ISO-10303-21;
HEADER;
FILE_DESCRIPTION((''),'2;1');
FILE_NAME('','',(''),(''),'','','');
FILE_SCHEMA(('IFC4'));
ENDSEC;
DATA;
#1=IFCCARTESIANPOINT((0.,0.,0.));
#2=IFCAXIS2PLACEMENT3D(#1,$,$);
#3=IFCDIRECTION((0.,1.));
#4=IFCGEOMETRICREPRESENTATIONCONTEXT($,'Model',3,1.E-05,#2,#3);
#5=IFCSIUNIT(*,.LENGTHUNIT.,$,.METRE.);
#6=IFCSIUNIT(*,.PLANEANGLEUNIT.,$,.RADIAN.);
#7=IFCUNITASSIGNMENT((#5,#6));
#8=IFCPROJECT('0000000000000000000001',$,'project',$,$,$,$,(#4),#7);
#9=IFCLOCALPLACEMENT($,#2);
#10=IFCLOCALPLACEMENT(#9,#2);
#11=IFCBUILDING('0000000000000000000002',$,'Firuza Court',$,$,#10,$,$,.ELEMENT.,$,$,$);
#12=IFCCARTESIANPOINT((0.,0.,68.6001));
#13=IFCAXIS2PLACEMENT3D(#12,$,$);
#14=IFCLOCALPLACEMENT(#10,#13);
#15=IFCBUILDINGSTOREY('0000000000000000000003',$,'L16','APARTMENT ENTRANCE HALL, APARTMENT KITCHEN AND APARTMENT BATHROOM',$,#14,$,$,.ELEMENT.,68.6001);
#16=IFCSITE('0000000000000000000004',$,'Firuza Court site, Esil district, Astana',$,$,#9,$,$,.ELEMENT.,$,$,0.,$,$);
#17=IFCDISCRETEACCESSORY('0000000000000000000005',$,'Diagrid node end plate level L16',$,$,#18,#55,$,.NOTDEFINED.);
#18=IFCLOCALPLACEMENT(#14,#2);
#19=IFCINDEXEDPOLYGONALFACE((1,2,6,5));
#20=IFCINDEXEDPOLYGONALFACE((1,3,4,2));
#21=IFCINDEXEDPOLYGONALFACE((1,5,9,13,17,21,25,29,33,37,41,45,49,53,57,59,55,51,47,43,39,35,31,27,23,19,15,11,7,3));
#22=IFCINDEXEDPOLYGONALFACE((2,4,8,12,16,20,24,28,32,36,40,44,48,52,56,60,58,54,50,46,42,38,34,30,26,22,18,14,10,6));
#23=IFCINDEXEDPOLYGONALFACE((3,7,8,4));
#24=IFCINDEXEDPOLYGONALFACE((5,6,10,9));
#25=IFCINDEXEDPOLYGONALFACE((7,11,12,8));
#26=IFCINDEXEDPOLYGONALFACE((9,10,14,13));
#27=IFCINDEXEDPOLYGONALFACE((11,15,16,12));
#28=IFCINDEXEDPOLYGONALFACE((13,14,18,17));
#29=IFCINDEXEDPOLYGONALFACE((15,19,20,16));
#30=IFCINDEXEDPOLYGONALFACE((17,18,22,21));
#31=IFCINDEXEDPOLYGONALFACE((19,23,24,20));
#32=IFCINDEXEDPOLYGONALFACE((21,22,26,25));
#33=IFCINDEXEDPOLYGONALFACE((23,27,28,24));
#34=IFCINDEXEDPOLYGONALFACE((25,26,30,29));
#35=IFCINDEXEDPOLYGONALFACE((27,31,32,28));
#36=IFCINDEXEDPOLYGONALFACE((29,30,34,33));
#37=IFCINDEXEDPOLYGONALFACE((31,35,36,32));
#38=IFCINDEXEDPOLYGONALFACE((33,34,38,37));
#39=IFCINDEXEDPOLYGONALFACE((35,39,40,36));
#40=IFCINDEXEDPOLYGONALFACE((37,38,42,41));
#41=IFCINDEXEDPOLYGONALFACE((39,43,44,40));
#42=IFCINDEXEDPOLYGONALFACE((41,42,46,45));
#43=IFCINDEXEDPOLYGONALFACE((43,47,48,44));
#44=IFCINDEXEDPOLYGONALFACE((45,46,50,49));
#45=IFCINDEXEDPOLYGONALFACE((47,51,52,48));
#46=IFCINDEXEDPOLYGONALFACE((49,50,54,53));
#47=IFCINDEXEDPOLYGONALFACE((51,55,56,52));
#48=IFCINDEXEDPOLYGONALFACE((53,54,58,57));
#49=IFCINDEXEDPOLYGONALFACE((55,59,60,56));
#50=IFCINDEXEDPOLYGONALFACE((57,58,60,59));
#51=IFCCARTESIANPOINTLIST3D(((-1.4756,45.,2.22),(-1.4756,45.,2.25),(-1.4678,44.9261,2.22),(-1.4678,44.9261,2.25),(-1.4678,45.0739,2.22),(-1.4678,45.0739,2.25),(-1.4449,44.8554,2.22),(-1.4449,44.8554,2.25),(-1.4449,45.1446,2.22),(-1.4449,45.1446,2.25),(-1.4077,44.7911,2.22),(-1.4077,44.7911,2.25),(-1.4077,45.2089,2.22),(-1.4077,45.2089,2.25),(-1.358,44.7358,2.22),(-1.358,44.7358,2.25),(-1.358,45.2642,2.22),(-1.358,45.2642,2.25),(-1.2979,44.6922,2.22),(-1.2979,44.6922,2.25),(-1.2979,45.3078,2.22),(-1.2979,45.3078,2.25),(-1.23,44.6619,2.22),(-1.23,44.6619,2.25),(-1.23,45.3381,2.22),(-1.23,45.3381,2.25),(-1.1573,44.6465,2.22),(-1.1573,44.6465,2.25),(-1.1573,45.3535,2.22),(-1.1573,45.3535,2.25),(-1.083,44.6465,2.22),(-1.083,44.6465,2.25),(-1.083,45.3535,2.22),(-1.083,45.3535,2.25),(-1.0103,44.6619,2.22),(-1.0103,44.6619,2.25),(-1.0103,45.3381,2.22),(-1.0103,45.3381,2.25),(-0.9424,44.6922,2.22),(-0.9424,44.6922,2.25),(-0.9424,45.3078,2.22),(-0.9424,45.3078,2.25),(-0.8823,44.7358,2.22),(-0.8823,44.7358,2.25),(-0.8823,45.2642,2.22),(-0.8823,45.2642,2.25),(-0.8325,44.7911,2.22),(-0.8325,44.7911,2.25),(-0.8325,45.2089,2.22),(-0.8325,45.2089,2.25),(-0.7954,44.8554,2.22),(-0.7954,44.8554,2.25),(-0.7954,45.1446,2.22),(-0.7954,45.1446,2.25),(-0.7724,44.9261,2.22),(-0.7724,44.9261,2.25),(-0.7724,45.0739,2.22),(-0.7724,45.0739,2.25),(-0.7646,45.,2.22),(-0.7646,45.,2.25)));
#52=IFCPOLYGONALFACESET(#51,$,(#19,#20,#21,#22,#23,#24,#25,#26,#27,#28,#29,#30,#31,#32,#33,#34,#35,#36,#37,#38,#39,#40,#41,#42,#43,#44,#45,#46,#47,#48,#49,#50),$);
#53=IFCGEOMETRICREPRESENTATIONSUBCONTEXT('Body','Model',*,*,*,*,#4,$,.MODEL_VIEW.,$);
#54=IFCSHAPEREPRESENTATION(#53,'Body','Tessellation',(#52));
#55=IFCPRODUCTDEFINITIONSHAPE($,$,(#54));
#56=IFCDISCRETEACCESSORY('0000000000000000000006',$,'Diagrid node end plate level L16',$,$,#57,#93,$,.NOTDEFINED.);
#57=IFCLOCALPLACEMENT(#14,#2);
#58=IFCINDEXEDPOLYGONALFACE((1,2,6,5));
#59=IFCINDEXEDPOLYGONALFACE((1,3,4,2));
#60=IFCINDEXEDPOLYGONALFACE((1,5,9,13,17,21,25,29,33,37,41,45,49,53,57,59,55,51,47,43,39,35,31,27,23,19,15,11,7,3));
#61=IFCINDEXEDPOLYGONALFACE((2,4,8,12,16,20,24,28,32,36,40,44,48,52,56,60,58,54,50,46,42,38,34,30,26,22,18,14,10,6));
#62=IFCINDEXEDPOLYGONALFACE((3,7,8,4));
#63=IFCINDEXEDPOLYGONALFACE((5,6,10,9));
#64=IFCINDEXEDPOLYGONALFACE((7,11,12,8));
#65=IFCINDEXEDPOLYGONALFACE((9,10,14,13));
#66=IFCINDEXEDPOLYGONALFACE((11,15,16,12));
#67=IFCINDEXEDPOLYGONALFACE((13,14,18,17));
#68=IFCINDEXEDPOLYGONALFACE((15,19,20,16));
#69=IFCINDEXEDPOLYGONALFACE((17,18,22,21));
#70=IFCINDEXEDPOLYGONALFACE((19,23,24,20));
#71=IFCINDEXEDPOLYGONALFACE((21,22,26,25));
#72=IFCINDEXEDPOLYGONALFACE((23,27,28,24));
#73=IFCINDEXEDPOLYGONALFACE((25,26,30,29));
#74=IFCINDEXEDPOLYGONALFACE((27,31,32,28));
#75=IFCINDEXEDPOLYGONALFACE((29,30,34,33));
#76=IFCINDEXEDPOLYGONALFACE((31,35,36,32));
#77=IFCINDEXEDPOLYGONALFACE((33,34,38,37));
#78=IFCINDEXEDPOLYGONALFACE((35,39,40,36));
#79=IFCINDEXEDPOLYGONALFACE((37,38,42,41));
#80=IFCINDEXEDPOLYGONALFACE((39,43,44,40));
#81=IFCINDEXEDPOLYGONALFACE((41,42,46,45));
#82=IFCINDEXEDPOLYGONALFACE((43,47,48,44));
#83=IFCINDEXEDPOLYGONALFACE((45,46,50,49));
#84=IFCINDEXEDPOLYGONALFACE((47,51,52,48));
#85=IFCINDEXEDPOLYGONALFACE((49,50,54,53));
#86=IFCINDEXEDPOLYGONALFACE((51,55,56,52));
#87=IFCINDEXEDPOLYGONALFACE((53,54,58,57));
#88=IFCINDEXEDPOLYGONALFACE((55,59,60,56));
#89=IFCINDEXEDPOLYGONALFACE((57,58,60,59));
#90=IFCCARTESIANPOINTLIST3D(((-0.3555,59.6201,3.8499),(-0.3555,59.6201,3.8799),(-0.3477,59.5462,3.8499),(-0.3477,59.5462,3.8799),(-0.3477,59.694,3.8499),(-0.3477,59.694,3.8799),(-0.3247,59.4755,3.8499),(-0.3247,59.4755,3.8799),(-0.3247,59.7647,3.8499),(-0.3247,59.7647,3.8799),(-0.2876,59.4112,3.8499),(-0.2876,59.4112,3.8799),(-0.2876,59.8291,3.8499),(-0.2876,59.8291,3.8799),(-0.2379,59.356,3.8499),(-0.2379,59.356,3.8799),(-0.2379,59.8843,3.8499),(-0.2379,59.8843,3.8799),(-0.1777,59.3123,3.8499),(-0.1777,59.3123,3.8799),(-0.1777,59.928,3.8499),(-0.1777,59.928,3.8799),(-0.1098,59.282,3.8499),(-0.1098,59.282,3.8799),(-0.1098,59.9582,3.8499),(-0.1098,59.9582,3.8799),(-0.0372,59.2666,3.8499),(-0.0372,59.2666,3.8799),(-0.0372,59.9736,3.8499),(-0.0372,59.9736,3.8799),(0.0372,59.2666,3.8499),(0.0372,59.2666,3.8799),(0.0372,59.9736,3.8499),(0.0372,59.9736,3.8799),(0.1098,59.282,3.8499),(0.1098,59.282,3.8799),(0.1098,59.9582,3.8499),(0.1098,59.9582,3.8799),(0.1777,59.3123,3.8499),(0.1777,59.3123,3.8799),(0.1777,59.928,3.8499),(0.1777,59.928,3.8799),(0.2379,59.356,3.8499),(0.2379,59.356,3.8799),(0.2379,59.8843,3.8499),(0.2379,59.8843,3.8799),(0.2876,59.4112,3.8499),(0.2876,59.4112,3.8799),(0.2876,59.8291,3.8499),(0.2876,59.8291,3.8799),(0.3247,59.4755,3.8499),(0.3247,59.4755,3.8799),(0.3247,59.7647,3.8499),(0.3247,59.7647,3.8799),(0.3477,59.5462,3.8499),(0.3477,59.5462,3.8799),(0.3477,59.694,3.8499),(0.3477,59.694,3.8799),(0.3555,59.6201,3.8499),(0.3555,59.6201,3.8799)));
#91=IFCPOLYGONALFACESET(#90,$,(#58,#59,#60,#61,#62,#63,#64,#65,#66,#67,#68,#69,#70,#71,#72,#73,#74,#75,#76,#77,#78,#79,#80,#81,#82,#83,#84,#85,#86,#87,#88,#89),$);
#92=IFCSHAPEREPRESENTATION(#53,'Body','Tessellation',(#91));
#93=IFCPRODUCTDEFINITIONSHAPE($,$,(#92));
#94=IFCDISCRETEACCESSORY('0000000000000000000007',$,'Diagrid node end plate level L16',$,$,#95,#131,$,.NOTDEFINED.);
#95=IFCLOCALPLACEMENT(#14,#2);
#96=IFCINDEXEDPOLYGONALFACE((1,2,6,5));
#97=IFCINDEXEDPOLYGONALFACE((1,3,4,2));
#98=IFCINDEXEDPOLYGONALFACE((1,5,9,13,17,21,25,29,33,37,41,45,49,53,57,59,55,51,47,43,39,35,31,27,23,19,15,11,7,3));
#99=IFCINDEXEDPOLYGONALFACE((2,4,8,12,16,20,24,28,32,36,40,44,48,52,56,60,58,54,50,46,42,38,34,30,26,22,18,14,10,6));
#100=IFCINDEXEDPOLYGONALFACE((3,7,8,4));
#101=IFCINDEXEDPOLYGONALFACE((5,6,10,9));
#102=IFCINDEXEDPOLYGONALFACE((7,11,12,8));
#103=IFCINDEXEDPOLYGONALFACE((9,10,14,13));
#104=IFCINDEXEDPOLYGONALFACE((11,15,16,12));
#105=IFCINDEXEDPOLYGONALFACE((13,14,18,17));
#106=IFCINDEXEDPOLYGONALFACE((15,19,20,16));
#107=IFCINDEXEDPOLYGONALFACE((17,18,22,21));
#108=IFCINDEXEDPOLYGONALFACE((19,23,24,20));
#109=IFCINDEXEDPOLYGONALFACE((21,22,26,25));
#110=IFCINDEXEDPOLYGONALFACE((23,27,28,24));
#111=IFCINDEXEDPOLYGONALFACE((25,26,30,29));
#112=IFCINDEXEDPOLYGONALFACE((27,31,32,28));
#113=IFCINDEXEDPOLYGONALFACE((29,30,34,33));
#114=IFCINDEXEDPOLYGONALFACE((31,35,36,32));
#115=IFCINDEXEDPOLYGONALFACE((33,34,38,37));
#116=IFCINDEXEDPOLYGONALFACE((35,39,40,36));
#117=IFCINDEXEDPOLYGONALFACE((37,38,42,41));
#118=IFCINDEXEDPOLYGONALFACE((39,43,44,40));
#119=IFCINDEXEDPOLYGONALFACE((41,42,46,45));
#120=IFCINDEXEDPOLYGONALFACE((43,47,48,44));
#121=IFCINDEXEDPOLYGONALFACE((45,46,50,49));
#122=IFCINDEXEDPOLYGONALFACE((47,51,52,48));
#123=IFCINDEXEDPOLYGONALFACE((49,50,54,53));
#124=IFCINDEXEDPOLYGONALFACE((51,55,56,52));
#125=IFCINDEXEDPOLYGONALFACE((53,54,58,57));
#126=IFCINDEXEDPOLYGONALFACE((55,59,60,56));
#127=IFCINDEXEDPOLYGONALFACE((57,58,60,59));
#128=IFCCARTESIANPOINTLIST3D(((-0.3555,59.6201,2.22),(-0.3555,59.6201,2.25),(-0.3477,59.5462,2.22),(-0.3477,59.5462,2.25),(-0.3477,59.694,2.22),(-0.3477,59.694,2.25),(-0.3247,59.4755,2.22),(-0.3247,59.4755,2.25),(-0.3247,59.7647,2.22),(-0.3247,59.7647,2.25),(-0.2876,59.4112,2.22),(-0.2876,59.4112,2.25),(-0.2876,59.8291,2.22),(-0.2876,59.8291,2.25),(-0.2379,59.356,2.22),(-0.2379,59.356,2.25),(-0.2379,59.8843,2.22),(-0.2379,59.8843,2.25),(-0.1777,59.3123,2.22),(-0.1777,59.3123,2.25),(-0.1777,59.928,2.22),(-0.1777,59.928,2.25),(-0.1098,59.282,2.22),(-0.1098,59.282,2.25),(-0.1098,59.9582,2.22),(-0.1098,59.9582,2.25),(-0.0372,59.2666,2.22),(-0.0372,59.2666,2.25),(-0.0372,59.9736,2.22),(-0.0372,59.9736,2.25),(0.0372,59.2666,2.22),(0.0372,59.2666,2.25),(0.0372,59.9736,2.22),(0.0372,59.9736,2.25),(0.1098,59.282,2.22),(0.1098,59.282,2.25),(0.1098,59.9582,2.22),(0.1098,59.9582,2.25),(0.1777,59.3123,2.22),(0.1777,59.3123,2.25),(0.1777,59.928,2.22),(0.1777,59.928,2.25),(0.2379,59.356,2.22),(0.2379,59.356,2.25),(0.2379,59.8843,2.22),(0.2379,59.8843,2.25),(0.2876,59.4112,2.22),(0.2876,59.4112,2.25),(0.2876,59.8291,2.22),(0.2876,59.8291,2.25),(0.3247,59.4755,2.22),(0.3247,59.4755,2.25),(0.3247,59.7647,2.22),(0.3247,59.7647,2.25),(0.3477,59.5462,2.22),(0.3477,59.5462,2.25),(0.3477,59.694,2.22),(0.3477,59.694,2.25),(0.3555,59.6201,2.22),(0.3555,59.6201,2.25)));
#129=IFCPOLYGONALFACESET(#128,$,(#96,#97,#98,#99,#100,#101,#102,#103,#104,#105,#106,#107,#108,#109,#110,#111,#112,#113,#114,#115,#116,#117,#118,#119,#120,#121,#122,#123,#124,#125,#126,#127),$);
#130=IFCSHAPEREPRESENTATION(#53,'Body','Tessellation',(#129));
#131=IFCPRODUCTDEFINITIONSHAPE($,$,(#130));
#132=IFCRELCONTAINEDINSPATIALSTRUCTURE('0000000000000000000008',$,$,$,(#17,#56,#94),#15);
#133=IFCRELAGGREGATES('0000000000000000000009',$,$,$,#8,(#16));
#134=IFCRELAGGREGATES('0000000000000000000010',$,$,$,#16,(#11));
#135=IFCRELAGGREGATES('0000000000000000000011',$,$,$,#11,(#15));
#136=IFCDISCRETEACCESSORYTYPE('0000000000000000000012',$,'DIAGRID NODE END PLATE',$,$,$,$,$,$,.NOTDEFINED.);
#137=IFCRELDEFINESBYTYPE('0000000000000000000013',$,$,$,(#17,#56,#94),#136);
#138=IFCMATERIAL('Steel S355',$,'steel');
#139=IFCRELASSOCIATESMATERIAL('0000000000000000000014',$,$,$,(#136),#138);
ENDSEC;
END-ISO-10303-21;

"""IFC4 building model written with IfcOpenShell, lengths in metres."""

from ifc_helpers import new_model, si_unit, direction, frame, origin, origin_2d, place, context, subcontext, project, spatial, circle, extrude, material, material_profile, profile_set, type_object, element, save


model = new_model("IFC4")

# Units and contexts
model_context = context("Model", 3, precision=1e-05, world=origin(), true_north=direction((0.0, 1.0)))
body_context = subcontext(model_context, "Body", "Model", "MODEL_VIEW")
ifc_project = project(units=[si_unit("LENGTHUNIT", "METRE"), si_unit("PLANEANGLEUNIT", "RADIAN")], contexts=[model_context])

# Site, building, storey
site_placement = place(None, origin())
site = spatial("IfcSite", under=ifc_project, at=site_placement, Name="Firuza Court site, Esil district, Astana", CompositionType="ELEMENT", RefElevation=0.0)
building_placement = place(site_placement, origin())
building = spatial("IfcBuilding", under=site, at=building_placement, Name="Firuza Court", CompositionType="ELEMENT")
storey_placement = place(building_placement, frame((0.0, 0.0, 68.6001)))
storey = spatial("IfcBuildingStorey", under=building, at=storey_placement, Name="L16", Description="APARTMENT ENTRANCE HALL, APARTMENT KITCHEN AND APARTMENT BATHROOM", CompositionType="ELEMENT", Elevation=68.6001)

# Discrete accessories
ifc_material_1 = material(Name="Steel S355", Category="steel")
ifc_material_profile_1 = material_profile(ifc_material_1, circle(Radius=0.3555, at=origin_2d()), Name="PL D711")
ifc_profile_set_1 = profile_set([ifc_material_profile_1], Name="Steel S355")
discrete_accessory_type = type_object("IfcDiscreteAccessoryType", Name="DIAGRID NODE END PLATE", PredefinedType="NOTDEFINED", material=ifc_profile_set_1)
for number, where, z_axis, x_axis, name in (
    (1, (-1.1201, 45.0, 2.22), (0.0, 0.0, 1.0), (1.0, 0.0, 0.0), "Diagrid node end plate level L16"),
    (2, (0.0, 59.6201, 3.8499), (0.0, 0.0, 1.0), (1.0, 0.0, 0.0), "Diagrid node end plate level L16"),
    (3, (0.0, 59.6201, 2.22), (0.0, 0.0, 1.0), (1.0, 0.0, 0.0), "Diagrid node end plate level L16"),
):
    element("IfcDiscreteAccessory", number, at=place(storey_placement, frame(where, z_axis=z_axis, x_axis=x_axis)), inside=storey, type_object=discrete_accessory_type, Name=name, PredefinedType="NOTDEFINED", context=body_context, shape_type="SweptSolid", body=[
        extrude(circle(Radius=0.3555, at=origin_2d()), origin(), (0.0, 0.0, 1.0), 0.03),
    ])

save(model, "model.ifc")
